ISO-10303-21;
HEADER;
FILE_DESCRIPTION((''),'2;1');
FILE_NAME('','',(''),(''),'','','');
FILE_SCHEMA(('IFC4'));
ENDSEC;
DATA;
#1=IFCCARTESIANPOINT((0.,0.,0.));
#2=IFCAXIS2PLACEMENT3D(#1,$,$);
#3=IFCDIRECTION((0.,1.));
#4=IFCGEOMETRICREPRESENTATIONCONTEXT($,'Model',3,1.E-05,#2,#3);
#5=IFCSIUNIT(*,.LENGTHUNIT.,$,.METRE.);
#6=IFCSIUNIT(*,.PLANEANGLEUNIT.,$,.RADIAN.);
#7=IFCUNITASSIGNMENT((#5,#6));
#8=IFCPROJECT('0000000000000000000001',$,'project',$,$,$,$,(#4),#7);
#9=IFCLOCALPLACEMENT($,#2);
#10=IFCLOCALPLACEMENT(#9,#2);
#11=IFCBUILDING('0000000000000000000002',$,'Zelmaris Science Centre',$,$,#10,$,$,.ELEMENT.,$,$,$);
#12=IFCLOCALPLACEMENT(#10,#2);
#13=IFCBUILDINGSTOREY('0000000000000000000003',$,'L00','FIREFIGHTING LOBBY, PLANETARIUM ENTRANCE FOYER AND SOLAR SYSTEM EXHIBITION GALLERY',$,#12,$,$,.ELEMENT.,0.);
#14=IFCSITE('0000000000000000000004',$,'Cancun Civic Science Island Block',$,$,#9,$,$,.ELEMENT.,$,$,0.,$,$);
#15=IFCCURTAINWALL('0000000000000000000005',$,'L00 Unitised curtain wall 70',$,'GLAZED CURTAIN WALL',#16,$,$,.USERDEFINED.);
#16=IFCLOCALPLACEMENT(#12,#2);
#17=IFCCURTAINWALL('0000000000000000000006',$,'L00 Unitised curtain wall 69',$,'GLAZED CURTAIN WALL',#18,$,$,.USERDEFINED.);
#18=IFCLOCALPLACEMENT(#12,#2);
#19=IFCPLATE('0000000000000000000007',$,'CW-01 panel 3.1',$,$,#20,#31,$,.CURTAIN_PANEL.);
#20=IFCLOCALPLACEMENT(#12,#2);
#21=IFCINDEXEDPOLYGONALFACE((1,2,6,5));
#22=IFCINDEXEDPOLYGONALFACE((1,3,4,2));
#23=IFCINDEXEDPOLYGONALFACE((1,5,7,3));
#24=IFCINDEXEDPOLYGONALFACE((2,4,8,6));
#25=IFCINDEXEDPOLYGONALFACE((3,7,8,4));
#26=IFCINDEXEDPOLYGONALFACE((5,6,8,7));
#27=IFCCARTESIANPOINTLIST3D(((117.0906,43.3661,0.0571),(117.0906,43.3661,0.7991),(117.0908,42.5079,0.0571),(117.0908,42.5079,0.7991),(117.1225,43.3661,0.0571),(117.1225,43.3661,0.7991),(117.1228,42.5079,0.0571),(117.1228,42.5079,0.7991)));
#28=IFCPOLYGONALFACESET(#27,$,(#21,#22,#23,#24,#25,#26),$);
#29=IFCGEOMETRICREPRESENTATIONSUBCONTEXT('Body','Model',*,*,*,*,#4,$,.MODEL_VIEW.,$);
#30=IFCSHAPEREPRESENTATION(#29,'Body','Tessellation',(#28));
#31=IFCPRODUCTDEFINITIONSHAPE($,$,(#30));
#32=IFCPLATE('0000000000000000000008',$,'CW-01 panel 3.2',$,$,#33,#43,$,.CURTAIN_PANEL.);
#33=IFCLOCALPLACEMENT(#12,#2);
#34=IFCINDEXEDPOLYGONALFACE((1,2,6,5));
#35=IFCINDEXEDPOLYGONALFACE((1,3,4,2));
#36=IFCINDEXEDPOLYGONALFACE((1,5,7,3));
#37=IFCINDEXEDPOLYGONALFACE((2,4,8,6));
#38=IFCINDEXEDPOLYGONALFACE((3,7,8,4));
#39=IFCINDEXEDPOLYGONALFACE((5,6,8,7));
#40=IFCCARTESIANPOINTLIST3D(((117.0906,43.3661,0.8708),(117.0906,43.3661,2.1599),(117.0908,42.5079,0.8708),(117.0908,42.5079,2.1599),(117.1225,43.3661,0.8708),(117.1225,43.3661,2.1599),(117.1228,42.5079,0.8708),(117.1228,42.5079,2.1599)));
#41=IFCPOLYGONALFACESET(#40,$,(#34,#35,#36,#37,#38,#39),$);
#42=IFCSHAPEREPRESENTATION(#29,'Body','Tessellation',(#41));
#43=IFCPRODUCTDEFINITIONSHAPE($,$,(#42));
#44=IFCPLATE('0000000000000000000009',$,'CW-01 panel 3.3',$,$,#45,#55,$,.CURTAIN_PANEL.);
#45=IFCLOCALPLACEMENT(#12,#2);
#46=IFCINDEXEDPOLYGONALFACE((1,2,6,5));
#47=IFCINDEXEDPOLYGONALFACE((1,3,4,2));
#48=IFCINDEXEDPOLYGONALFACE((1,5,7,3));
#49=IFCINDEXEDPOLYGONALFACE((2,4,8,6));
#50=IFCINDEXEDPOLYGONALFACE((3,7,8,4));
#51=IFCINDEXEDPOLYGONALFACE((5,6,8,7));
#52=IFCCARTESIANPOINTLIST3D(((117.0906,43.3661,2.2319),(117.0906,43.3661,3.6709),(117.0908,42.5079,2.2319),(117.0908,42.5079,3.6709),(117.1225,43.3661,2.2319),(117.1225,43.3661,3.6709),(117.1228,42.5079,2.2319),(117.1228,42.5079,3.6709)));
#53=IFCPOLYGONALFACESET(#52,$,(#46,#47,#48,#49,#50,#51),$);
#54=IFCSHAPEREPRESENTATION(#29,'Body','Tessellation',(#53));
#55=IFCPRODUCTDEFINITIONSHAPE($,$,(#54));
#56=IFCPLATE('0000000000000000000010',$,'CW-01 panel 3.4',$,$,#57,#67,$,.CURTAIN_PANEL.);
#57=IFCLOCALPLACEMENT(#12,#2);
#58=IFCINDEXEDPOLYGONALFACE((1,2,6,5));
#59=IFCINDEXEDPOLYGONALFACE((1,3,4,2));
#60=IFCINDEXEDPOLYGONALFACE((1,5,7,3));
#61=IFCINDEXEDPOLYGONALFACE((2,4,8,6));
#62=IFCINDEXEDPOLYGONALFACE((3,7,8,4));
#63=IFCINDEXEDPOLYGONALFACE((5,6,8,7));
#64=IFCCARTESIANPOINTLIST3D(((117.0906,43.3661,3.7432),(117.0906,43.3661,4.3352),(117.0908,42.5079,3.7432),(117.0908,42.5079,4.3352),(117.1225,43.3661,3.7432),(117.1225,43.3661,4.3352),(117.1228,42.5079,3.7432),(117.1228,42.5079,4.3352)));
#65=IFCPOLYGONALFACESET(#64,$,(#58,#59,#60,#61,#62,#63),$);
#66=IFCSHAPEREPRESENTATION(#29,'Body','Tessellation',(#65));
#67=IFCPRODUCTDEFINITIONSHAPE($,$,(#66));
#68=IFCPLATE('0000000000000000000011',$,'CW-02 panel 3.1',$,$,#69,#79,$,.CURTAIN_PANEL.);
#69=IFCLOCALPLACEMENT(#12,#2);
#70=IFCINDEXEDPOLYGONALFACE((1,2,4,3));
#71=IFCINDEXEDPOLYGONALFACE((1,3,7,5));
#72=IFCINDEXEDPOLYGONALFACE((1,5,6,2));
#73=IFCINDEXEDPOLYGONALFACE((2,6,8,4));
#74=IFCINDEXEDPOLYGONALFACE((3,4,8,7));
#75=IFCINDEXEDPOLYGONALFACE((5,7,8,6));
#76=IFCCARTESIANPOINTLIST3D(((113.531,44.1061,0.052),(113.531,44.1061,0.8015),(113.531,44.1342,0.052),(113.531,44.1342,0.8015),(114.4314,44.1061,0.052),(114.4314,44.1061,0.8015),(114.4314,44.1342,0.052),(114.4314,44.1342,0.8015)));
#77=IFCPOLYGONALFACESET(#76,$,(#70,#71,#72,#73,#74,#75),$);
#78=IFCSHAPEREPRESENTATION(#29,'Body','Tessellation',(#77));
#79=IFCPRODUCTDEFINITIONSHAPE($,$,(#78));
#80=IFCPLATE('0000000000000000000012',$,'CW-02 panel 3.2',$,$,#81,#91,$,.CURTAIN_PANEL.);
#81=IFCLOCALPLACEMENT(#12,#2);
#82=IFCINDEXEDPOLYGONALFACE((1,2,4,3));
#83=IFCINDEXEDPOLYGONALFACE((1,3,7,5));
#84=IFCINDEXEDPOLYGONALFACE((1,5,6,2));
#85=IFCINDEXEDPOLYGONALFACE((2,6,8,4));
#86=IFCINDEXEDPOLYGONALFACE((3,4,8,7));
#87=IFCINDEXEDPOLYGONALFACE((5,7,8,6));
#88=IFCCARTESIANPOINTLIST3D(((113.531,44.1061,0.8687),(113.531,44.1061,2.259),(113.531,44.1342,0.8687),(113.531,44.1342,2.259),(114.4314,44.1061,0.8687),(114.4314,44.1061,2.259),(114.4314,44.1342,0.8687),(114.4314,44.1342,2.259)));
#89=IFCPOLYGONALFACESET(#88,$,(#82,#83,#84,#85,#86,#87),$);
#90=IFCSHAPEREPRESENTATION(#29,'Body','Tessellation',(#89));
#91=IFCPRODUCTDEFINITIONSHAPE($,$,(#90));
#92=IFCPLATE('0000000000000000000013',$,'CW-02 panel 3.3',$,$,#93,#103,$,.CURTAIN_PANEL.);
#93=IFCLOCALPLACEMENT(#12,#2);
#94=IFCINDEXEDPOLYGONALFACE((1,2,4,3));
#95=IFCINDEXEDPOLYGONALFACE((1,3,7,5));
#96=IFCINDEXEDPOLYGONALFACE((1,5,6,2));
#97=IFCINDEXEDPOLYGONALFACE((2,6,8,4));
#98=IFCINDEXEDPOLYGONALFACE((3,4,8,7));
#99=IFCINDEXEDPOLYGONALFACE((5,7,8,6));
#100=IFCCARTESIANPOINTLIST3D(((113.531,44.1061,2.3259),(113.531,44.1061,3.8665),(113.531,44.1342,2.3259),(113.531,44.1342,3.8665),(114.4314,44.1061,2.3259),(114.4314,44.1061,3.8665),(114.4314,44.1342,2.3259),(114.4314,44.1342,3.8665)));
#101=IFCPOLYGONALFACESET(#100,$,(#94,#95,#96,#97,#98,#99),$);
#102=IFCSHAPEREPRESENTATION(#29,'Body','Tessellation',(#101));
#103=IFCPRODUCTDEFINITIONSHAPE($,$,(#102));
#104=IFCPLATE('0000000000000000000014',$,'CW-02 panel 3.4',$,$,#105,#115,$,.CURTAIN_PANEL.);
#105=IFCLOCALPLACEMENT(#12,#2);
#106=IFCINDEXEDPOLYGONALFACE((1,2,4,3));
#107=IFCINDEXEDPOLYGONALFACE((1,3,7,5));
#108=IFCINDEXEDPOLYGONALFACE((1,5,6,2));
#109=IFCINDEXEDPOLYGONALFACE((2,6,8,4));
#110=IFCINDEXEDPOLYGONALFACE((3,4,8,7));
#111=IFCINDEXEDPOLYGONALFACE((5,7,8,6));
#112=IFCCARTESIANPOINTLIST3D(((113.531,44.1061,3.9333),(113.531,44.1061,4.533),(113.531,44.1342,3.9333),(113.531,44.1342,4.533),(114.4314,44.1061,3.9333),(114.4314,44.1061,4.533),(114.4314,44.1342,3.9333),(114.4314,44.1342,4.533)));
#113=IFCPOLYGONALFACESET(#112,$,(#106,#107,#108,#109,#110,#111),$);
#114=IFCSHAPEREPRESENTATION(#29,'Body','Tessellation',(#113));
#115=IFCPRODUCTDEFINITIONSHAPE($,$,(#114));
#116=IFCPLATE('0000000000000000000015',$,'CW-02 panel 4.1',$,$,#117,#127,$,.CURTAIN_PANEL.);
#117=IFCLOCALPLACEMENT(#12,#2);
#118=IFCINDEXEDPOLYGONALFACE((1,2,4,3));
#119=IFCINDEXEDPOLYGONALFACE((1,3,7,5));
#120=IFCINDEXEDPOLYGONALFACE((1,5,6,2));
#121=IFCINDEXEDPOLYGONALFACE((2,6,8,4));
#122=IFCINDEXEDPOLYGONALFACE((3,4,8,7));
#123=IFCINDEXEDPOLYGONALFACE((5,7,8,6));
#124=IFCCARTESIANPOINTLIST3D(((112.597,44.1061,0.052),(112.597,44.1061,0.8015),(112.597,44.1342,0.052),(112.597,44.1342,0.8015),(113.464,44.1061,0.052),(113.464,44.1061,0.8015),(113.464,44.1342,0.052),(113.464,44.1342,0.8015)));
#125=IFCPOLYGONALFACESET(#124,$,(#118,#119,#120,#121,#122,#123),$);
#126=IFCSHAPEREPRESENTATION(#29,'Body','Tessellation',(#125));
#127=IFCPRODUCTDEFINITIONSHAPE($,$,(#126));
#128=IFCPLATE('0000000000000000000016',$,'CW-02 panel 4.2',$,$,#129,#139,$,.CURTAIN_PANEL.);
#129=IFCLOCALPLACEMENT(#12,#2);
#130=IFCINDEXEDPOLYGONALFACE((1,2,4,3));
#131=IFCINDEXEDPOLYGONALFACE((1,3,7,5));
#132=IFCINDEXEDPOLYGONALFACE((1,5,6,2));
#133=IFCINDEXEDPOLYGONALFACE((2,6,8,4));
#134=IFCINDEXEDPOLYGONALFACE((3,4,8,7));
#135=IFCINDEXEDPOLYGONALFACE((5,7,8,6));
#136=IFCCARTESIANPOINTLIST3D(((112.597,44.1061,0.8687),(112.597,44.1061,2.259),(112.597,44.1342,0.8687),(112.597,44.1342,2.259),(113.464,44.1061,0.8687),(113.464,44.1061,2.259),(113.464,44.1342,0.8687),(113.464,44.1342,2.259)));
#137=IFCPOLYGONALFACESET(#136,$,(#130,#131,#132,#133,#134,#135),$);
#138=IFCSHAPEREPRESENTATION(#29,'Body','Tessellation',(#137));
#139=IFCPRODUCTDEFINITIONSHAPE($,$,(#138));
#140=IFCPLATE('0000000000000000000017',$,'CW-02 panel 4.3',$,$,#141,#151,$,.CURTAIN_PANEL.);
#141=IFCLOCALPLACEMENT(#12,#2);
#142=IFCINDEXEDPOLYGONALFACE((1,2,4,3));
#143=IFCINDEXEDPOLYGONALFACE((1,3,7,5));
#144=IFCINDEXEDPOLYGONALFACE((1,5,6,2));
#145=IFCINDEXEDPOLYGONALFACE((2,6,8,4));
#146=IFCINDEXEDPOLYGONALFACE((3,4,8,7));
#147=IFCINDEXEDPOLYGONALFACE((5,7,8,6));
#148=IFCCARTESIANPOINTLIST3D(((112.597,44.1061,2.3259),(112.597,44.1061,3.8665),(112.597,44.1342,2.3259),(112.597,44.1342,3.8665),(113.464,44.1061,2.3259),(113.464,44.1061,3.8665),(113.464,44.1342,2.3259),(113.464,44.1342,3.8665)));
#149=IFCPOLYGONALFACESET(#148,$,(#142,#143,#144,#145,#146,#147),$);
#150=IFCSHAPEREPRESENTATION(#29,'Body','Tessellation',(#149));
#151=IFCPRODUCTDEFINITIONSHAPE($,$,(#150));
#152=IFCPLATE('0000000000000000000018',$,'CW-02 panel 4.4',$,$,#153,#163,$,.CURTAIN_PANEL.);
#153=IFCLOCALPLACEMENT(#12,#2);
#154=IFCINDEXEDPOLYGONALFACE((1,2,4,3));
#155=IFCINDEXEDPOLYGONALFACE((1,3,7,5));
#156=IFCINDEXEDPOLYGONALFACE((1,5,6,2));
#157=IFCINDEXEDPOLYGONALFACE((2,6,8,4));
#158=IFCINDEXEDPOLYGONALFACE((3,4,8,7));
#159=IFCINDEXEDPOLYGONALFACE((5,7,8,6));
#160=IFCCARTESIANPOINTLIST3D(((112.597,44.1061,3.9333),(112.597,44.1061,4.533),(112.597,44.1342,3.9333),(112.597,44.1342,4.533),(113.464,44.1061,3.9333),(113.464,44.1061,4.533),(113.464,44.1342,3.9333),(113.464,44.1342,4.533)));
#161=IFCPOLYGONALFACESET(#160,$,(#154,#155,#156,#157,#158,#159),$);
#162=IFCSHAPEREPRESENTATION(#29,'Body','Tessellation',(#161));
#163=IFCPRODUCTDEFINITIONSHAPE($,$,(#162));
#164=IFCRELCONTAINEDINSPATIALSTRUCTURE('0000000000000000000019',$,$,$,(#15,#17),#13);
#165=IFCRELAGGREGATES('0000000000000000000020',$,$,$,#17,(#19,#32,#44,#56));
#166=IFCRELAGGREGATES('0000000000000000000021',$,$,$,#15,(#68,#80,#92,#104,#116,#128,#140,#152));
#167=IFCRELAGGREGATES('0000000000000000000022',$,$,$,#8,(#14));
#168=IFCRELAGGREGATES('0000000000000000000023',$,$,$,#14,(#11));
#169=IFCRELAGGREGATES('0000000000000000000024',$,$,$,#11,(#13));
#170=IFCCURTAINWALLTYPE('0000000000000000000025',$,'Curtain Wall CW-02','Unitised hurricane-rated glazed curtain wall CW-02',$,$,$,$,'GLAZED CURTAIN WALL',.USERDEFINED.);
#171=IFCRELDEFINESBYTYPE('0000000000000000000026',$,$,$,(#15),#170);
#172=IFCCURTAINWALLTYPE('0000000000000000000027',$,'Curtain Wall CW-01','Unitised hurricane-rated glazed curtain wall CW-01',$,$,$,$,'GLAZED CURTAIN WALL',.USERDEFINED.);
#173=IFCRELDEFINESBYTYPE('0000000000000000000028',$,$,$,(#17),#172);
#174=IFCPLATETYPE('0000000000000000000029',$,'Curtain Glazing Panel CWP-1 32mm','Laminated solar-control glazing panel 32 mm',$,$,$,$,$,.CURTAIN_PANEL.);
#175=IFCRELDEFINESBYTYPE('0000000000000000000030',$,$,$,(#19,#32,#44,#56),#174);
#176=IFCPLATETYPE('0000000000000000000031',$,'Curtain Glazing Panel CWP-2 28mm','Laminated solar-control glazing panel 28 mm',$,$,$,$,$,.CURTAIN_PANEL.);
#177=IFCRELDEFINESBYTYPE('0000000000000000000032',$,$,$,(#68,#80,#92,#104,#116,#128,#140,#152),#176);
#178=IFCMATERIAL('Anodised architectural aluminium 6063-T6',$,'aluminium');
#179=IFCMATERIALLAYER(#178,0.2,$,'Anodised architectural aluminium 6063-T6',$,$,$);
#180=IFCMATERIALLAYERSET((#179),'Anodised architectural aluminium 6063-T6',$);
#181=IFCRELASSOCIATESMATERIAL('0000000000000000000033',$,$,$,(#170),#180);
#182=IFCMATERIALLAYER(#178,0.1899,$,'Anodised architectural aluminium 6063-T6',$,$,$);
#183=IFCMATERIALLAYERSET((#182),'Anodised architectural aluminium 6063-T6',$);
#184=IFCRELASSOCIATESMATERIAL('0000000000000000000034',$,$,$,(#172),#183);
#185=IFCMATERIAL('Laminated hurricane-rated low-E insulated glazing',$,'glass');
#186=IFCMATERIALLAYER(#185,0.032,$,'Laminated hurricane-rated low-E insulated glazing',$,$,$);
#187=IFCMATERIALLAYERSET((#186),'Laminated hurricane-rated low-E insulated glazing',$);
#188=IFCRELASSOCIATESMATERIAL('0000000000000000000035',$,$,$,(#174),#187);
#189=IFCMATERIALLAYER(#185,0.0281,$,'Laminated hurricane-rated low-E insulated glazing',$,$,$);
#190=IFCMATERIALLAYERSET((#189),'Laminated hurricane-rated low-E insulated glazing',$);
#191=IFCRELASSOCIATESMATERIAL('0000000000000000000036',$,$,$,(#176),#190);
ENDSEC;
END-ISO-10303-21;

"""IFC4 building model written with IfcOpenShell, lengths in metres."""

from ifc_helpers import new_model, si_unit, direction, frame, origin, origin_2d, place, context, subcontext, project, spatial, rectangle, extrude, material, layer, layer_set, type_object, element, aggregate, save


model = new_model("IFC4")

# Units and contexts
model_context = context("Model", 3, precision=1e-05, world=origin(), true_north=direction((0.0, 1.0)))
body_context = subcontext(model_context, "Body", "Model", "MODEL_VIEW")
ifc_project = project(units=[si_unit("LENGTHUNIT", "METRE"), si_unit("PLANEANGLEUNIT", "RADIAN")], contexts=[model_context])

# Site, building, storey
site_placement = place(None, origin())
site = spatial("IfcSite", under=ifc_project, at=site_placement, Name="Cancun Civic Science Island Block", CompositionType="ELEMENT", RefElevation=0.0)
building_placement = place(site_placement, origin())
building = spatial("IfcBuilding", under=site, at=building_placement, Name="Zelmaris Science Centre", CompositionType="ELEMENT")
storey_placement = place(building_placement, origin())
storey = spatial("IfcBuildingStorey", under=building, at=storey_placement, Name="L00", Description="FIREFIGHTING LOBBY, PLANETARIUM ENTRANCE FOYER AND SOLAR SYSTEM EXHIBITION GALLERY", CompositionType="ELEMENT", Elevation=0.0)

# Curtain walls
ifc_material_1 = material(Name="Anodised architectural aluminium 6063-T6", Category="aluminium")
ifc_layer_1 = layer(ifc_material_1, 0.2, Name="Anodised architectural aluminium 6063-T6")
ifc_layer_set_1 = layer_set([ifc_layer_1], Name="Anodised architectural aluminium 6063-T6")
curtain_wall_type_1 = type_object("IfcCurtainWallType", Name="Curtain Wall CW-02", Description="Unitised hurricane-rated glazed curtain wall CW-02", ElementType="GLAZED CURTAIN WALL", PredefinedType="USERDEFINED", material=ifc_layer_set_1)
curtain_wall_1_placement = place(storey_placement, origin())
curtain_wall_1 = element("IfcCurtainWall", 1, at=curtain_wall_1_placement, inside=storey, type_object=curtain_wall_type_1, Name="L00 Unitised curtain wall 70", ObjectType="GLAZED CURTAIN WALL", PredefinedType="USERDEFINED")
ifc_layer_2 = layer(ifc_material_1, 0.1899, Name="Anodised architectural aluminium 6063-T6")
ifc_layer_set_2 = layer_set([ifc_layer_2], Name="Anodised architectural aluminium 6063-T6")
curtain_wall_type_2 = type_object("IfcCurtainWallType", Name="Curtain Wall CW-01", Description="Unitised hurricane-rated glazed curtain wall CW-01", ElementType="GLAZED CURTAIN WALL", PredefinedType="USERDEFINED", material=ifc_layer_set_2)
curtain_wall_2_placement = place(storey_placement, origin())
curtain_wall_2 = element("IfcCurtainWall", 2, at=curtain_wall_2_placement, inside=storey, type_object=curtain_wall_type_2, Name="L00 Unitised curtain wall 69", ObjectType="GLAZED CURTAIN WALL", PredefinedType="USERDEFINED")

# Plates
ifc_material_2 = material(Name="Laminated hurricane-rated low-E insulated glazing", Category="glass")
ifc_layer_3 = layer(ifc_material_2, 0.032, Name="Laminated hurricane-rated low-E insulated glazing")
ifc_layer_set_3 = layer_set([ifc_layer_3], Name="Laminated hurricane-rated low-E insulated glazing")
plate_type_1 = type_object("IfcPlateType", Name="Curtain Glazing Panel CWP-1 32mm", Description="Laminated solar-control glazing panel 32 mm", PredefinedType="CURTAIN_PANEL", material=ifc_layer_set_3)
plate_1_placement = place(storey_placement, frame((117.1067, 42.937, 0.0571), z_axis=(0.0, 0.0, 1.0), x_axis=(-0.000345, 1.0, 0.0)))
plate_1 = element("IfcPlate", 3, at=plate_1_placement, type_object=plate_type_1, Name="CW-01 panel 3.1", PredefinedType="CURTAIN_PANEL", context=body_context, shape_type="SweptSolid", body=[
    extrude(rectangle(XDim=0.8582, YDim=0.032, at=origin_2d()), origin(), (0.0, 0.0, 1.0), 0.7419),
])
plate_2_placement = place(storey_placement, frame((117.1067, 42.937, 0.8708), z_axis=(0.0, 0.0, 1.0), x_axis=(-0.000345, 1.0, 0.0)))
plate_2 = element("IfcPlate", 4, at=plate_2_placement, type_object=plate_type_1, Name="CW-01 panel 3.2", PredefinedType="CURTAIN_PANEL", context=body_context, shape_type="SweptSolid", body=[
    extrude(rectangle(XDim=0.8582, YDim=0.032, at=origin_2d()), origin(), (0.0, 0.0, 1.0), 1.2891),
])
plate_3_placement = place(storey_placement, frame((117.1067, 42.937, 2.2319), z_axis=(0.0, 0.0, 1.0), x_axis=(-0.000345, 1.0, 0.0)))
plate_3 = element("IfcPlate", 5, at=plate_3_placement, type_object=plate_type_1, Name="CW-01 panel 3.3", PredefinedType="CURTAIN_PANEL", context=body_context, shape_type="SweptSolid", body=[
    extrude(rectangle(XDim=0.8582, YDim=0.032, at=origin_2d()), origin(), (0.0, 0.0, 1.0), 1.439),
])
plate_4_placement = place(storey_placement, frame((117.1067, 42.937, 3.7432), z_axis=(0.0, 0.0, 1.0), x_axis=(-0.000345, 1.0, 0.0)))
plate_4 = element("IfcPlate", 6, at=plate_4_placement, type_object=plate_type_1, Name="CW-01 panel 3.4", PredefinedType="CURTAIN_PANEL", context=body_context, shape_type="SweptSolid", body=[
    extrude(rectangle(XDim=0.8582, YDim=0.032, at=origin_2d()), origin(), (0.0, 0.0, 1.0), 0.592),
])
aggregate(curtain_wall_2, [plate_1, plate_2, plate_3, plate_4])
ifc_layer_4 = layer(ifc_material_2, 0.0281, Name="Laminated hurricane-rated low-E insulated glazing")
ifc_layer_set_4 = layer_set([ifc_layer_4], Name="Laminated hurricane-rated low-E insulated glazing")
plate_type_2 = type_object("IfcPlateType", Name="Curtain Glazing Panel CWP-2 28mm", Description="Laminated solar-control glazing panel 28 mm", PredefinedType="CURTAIN_PANEL", material=ifc_layer_set_4)
plate_5_placement = place(storey_placement, frame((113.9812, 44.1201, 0.052), z_axis=(0.0, 0.0, 1.0), x_axis=(-1.0, 0.0, 0.0)))
plate_5 = element("IfcPlate", 7, at=plate_5_placement, type_object=plate_type_2, Name="CW-02 panel 3.1", PredefinedType="CURTAIN_PANEL", context=body_context, shape_type="SweptSolid", body=[
    extrude(rectangle(XDim=0.9004, YDim=0.0281, at=origin_2d()), origin(), (0.0, 0.0, 1.0), 0.7495),
])
plate_6_placement = place(storey_placement, frame((113.9812, 44.1201, 0.8687), z_axis=(0.0, 0.0, 1.0), x_axis=(-1.0, 0.0, 0.0)))
plate_6 = element("IfcPlate", 8, at=plate_6_placement, type_object=plate_type_2, Name="CW-02 panel 3.2", PredefinedType="CURTAIN_PANEL", context=body_context, shape_type="SweptSolid", body=[
    extrude(rectangle(XDim=0.9004, YDim=0.0281, at=origin_2d()), origin(), (0.0, 0.0, 1.0), 1.3904),
])
plate_7_placement = place(storey_placement, frame((113.9812, 44.1201, 2.3259), z_axis=(0.0, 0.0, 1.0), x_axis=(-1.0, 0.0, 0.0)))
plate_7 = element("IfcPlate", 9, at=plate_7_placement, type_object=plate_type_2, Name="CW-02 panel 3.3", PredefinedType="CURTAIN_PANEL", context=body_context, shape_type="SweptSolid", body=[
    extrude(rectangle(XDim=0.9004, YDim=0.0281, at=origin_2d()), origin(), (0.0, 0.0, 1.0), 1.5405),
])
plate_8_placement = place(storey_placement, frame((113.9812, 44.1201, 3.9333), z_axis=(0.0, 0.0, 1.0), x_axis=(-1.0, 0.0, 0.0)))
plate_8 = element("IfcPlate", 10, at=plate_8_placement, type_object=plate_type_2, Name="CW-02 panel 3.4", PredefinedType="CURTAIN_PANEL", context=body_context, shape_type="SweptSolid", body=[
    extrude(rectangle(XDim=0.9004, YDim=0.0281, at=origin_2d()), origin(), (0.0, 0.0, 1.0), 0.5996),
])
plate_9_placement = place(storey_placement, frame((113.0305, 44.1201, 0.052), z_axis=(0.0, 0.0, 1.0), x_axis=(-1.0, 0.0, 0.0)))
plate_9 = element("IfcPlate", 11, at=plate_9_placement, type_object=plate_type_2, Name="CW-02 panel 4.1", PredefinedType="CURTAIN_PANEL", context=body_context, shape_type="SweptSolid", body=[
    extrude(rectangle(XDim=0.8669, YDim=0.0281, at=origin_2d()), origin(), (0.0, 0.0, 1.0), 0.7495),
])
plate_10_placement = place(storey_placement, frame((113.0305, 44.1201, 0.8687), z_axis=(0.0, 0.0, 1.0), x_axis=(-1.0, 0.0, 0.0)))
plate_10 = element("IfcPlate", 12, at=plate_10_placement, type_object=plate_type_2, Name="CW-02 panel 4.2", PredefinedType="CURTAIN_PANEL", context=body_context, shape_type="SweptSolid", body=[
    extrude(rectangle(XDim=0.8669, YDim=0.0281, at=origin_2d()), origin(), (0.0, 0.0, 1.0), 1.3904),
])
plate_11_placement = place(storey_placement, frame((113.0305, 44.1201, 2.3259), z_axis=(0.0, 0.0, 1.0), x_axis=(-1.0, 0.0, 0.0)))
plate_11 = element("IfcPlate", 13, at=plate_11_placement, type_object=plate_type_2, Name="CW-02 panel 4.3", PredefinedType="CURTAIN_PANEL", context=body_context, shape_type="SweptSolid", body=[
    extrude(rectangle(XDim=0.8669, YDim=0.0281, at=origin_2d()), origin(), (0.0, 0.0, 1.0), 1.5405),
])
plate_12_placement = place(storey_placement, frame((113.0305, 44.1201, 3.9333), z_axis=(0.0, 0.0, 1.0), x_axis=(-1.0, 0.0, 0.0)))
plate_12 = element("IfcPlate", 14, at=plate_12_placement, type_object=plate_type_2, Name="CW-02 panel 4.4", PredefinedType="CURTAIN_PANEL", context=body_context, shape_type="SweptSolid", body=[
    extrude(rectangle(XDim=0.8669, YDim=0.0281, at=origin_2d()), origin(), (0.0, 0.0, 1.0), 0.5996),
])
aggregate(curtain_wall_1, [plate_5, plate_6, plate_7, plate_8, plate_9, plate_10, plate_11, plate_12])

save(model, "model.ifc")
